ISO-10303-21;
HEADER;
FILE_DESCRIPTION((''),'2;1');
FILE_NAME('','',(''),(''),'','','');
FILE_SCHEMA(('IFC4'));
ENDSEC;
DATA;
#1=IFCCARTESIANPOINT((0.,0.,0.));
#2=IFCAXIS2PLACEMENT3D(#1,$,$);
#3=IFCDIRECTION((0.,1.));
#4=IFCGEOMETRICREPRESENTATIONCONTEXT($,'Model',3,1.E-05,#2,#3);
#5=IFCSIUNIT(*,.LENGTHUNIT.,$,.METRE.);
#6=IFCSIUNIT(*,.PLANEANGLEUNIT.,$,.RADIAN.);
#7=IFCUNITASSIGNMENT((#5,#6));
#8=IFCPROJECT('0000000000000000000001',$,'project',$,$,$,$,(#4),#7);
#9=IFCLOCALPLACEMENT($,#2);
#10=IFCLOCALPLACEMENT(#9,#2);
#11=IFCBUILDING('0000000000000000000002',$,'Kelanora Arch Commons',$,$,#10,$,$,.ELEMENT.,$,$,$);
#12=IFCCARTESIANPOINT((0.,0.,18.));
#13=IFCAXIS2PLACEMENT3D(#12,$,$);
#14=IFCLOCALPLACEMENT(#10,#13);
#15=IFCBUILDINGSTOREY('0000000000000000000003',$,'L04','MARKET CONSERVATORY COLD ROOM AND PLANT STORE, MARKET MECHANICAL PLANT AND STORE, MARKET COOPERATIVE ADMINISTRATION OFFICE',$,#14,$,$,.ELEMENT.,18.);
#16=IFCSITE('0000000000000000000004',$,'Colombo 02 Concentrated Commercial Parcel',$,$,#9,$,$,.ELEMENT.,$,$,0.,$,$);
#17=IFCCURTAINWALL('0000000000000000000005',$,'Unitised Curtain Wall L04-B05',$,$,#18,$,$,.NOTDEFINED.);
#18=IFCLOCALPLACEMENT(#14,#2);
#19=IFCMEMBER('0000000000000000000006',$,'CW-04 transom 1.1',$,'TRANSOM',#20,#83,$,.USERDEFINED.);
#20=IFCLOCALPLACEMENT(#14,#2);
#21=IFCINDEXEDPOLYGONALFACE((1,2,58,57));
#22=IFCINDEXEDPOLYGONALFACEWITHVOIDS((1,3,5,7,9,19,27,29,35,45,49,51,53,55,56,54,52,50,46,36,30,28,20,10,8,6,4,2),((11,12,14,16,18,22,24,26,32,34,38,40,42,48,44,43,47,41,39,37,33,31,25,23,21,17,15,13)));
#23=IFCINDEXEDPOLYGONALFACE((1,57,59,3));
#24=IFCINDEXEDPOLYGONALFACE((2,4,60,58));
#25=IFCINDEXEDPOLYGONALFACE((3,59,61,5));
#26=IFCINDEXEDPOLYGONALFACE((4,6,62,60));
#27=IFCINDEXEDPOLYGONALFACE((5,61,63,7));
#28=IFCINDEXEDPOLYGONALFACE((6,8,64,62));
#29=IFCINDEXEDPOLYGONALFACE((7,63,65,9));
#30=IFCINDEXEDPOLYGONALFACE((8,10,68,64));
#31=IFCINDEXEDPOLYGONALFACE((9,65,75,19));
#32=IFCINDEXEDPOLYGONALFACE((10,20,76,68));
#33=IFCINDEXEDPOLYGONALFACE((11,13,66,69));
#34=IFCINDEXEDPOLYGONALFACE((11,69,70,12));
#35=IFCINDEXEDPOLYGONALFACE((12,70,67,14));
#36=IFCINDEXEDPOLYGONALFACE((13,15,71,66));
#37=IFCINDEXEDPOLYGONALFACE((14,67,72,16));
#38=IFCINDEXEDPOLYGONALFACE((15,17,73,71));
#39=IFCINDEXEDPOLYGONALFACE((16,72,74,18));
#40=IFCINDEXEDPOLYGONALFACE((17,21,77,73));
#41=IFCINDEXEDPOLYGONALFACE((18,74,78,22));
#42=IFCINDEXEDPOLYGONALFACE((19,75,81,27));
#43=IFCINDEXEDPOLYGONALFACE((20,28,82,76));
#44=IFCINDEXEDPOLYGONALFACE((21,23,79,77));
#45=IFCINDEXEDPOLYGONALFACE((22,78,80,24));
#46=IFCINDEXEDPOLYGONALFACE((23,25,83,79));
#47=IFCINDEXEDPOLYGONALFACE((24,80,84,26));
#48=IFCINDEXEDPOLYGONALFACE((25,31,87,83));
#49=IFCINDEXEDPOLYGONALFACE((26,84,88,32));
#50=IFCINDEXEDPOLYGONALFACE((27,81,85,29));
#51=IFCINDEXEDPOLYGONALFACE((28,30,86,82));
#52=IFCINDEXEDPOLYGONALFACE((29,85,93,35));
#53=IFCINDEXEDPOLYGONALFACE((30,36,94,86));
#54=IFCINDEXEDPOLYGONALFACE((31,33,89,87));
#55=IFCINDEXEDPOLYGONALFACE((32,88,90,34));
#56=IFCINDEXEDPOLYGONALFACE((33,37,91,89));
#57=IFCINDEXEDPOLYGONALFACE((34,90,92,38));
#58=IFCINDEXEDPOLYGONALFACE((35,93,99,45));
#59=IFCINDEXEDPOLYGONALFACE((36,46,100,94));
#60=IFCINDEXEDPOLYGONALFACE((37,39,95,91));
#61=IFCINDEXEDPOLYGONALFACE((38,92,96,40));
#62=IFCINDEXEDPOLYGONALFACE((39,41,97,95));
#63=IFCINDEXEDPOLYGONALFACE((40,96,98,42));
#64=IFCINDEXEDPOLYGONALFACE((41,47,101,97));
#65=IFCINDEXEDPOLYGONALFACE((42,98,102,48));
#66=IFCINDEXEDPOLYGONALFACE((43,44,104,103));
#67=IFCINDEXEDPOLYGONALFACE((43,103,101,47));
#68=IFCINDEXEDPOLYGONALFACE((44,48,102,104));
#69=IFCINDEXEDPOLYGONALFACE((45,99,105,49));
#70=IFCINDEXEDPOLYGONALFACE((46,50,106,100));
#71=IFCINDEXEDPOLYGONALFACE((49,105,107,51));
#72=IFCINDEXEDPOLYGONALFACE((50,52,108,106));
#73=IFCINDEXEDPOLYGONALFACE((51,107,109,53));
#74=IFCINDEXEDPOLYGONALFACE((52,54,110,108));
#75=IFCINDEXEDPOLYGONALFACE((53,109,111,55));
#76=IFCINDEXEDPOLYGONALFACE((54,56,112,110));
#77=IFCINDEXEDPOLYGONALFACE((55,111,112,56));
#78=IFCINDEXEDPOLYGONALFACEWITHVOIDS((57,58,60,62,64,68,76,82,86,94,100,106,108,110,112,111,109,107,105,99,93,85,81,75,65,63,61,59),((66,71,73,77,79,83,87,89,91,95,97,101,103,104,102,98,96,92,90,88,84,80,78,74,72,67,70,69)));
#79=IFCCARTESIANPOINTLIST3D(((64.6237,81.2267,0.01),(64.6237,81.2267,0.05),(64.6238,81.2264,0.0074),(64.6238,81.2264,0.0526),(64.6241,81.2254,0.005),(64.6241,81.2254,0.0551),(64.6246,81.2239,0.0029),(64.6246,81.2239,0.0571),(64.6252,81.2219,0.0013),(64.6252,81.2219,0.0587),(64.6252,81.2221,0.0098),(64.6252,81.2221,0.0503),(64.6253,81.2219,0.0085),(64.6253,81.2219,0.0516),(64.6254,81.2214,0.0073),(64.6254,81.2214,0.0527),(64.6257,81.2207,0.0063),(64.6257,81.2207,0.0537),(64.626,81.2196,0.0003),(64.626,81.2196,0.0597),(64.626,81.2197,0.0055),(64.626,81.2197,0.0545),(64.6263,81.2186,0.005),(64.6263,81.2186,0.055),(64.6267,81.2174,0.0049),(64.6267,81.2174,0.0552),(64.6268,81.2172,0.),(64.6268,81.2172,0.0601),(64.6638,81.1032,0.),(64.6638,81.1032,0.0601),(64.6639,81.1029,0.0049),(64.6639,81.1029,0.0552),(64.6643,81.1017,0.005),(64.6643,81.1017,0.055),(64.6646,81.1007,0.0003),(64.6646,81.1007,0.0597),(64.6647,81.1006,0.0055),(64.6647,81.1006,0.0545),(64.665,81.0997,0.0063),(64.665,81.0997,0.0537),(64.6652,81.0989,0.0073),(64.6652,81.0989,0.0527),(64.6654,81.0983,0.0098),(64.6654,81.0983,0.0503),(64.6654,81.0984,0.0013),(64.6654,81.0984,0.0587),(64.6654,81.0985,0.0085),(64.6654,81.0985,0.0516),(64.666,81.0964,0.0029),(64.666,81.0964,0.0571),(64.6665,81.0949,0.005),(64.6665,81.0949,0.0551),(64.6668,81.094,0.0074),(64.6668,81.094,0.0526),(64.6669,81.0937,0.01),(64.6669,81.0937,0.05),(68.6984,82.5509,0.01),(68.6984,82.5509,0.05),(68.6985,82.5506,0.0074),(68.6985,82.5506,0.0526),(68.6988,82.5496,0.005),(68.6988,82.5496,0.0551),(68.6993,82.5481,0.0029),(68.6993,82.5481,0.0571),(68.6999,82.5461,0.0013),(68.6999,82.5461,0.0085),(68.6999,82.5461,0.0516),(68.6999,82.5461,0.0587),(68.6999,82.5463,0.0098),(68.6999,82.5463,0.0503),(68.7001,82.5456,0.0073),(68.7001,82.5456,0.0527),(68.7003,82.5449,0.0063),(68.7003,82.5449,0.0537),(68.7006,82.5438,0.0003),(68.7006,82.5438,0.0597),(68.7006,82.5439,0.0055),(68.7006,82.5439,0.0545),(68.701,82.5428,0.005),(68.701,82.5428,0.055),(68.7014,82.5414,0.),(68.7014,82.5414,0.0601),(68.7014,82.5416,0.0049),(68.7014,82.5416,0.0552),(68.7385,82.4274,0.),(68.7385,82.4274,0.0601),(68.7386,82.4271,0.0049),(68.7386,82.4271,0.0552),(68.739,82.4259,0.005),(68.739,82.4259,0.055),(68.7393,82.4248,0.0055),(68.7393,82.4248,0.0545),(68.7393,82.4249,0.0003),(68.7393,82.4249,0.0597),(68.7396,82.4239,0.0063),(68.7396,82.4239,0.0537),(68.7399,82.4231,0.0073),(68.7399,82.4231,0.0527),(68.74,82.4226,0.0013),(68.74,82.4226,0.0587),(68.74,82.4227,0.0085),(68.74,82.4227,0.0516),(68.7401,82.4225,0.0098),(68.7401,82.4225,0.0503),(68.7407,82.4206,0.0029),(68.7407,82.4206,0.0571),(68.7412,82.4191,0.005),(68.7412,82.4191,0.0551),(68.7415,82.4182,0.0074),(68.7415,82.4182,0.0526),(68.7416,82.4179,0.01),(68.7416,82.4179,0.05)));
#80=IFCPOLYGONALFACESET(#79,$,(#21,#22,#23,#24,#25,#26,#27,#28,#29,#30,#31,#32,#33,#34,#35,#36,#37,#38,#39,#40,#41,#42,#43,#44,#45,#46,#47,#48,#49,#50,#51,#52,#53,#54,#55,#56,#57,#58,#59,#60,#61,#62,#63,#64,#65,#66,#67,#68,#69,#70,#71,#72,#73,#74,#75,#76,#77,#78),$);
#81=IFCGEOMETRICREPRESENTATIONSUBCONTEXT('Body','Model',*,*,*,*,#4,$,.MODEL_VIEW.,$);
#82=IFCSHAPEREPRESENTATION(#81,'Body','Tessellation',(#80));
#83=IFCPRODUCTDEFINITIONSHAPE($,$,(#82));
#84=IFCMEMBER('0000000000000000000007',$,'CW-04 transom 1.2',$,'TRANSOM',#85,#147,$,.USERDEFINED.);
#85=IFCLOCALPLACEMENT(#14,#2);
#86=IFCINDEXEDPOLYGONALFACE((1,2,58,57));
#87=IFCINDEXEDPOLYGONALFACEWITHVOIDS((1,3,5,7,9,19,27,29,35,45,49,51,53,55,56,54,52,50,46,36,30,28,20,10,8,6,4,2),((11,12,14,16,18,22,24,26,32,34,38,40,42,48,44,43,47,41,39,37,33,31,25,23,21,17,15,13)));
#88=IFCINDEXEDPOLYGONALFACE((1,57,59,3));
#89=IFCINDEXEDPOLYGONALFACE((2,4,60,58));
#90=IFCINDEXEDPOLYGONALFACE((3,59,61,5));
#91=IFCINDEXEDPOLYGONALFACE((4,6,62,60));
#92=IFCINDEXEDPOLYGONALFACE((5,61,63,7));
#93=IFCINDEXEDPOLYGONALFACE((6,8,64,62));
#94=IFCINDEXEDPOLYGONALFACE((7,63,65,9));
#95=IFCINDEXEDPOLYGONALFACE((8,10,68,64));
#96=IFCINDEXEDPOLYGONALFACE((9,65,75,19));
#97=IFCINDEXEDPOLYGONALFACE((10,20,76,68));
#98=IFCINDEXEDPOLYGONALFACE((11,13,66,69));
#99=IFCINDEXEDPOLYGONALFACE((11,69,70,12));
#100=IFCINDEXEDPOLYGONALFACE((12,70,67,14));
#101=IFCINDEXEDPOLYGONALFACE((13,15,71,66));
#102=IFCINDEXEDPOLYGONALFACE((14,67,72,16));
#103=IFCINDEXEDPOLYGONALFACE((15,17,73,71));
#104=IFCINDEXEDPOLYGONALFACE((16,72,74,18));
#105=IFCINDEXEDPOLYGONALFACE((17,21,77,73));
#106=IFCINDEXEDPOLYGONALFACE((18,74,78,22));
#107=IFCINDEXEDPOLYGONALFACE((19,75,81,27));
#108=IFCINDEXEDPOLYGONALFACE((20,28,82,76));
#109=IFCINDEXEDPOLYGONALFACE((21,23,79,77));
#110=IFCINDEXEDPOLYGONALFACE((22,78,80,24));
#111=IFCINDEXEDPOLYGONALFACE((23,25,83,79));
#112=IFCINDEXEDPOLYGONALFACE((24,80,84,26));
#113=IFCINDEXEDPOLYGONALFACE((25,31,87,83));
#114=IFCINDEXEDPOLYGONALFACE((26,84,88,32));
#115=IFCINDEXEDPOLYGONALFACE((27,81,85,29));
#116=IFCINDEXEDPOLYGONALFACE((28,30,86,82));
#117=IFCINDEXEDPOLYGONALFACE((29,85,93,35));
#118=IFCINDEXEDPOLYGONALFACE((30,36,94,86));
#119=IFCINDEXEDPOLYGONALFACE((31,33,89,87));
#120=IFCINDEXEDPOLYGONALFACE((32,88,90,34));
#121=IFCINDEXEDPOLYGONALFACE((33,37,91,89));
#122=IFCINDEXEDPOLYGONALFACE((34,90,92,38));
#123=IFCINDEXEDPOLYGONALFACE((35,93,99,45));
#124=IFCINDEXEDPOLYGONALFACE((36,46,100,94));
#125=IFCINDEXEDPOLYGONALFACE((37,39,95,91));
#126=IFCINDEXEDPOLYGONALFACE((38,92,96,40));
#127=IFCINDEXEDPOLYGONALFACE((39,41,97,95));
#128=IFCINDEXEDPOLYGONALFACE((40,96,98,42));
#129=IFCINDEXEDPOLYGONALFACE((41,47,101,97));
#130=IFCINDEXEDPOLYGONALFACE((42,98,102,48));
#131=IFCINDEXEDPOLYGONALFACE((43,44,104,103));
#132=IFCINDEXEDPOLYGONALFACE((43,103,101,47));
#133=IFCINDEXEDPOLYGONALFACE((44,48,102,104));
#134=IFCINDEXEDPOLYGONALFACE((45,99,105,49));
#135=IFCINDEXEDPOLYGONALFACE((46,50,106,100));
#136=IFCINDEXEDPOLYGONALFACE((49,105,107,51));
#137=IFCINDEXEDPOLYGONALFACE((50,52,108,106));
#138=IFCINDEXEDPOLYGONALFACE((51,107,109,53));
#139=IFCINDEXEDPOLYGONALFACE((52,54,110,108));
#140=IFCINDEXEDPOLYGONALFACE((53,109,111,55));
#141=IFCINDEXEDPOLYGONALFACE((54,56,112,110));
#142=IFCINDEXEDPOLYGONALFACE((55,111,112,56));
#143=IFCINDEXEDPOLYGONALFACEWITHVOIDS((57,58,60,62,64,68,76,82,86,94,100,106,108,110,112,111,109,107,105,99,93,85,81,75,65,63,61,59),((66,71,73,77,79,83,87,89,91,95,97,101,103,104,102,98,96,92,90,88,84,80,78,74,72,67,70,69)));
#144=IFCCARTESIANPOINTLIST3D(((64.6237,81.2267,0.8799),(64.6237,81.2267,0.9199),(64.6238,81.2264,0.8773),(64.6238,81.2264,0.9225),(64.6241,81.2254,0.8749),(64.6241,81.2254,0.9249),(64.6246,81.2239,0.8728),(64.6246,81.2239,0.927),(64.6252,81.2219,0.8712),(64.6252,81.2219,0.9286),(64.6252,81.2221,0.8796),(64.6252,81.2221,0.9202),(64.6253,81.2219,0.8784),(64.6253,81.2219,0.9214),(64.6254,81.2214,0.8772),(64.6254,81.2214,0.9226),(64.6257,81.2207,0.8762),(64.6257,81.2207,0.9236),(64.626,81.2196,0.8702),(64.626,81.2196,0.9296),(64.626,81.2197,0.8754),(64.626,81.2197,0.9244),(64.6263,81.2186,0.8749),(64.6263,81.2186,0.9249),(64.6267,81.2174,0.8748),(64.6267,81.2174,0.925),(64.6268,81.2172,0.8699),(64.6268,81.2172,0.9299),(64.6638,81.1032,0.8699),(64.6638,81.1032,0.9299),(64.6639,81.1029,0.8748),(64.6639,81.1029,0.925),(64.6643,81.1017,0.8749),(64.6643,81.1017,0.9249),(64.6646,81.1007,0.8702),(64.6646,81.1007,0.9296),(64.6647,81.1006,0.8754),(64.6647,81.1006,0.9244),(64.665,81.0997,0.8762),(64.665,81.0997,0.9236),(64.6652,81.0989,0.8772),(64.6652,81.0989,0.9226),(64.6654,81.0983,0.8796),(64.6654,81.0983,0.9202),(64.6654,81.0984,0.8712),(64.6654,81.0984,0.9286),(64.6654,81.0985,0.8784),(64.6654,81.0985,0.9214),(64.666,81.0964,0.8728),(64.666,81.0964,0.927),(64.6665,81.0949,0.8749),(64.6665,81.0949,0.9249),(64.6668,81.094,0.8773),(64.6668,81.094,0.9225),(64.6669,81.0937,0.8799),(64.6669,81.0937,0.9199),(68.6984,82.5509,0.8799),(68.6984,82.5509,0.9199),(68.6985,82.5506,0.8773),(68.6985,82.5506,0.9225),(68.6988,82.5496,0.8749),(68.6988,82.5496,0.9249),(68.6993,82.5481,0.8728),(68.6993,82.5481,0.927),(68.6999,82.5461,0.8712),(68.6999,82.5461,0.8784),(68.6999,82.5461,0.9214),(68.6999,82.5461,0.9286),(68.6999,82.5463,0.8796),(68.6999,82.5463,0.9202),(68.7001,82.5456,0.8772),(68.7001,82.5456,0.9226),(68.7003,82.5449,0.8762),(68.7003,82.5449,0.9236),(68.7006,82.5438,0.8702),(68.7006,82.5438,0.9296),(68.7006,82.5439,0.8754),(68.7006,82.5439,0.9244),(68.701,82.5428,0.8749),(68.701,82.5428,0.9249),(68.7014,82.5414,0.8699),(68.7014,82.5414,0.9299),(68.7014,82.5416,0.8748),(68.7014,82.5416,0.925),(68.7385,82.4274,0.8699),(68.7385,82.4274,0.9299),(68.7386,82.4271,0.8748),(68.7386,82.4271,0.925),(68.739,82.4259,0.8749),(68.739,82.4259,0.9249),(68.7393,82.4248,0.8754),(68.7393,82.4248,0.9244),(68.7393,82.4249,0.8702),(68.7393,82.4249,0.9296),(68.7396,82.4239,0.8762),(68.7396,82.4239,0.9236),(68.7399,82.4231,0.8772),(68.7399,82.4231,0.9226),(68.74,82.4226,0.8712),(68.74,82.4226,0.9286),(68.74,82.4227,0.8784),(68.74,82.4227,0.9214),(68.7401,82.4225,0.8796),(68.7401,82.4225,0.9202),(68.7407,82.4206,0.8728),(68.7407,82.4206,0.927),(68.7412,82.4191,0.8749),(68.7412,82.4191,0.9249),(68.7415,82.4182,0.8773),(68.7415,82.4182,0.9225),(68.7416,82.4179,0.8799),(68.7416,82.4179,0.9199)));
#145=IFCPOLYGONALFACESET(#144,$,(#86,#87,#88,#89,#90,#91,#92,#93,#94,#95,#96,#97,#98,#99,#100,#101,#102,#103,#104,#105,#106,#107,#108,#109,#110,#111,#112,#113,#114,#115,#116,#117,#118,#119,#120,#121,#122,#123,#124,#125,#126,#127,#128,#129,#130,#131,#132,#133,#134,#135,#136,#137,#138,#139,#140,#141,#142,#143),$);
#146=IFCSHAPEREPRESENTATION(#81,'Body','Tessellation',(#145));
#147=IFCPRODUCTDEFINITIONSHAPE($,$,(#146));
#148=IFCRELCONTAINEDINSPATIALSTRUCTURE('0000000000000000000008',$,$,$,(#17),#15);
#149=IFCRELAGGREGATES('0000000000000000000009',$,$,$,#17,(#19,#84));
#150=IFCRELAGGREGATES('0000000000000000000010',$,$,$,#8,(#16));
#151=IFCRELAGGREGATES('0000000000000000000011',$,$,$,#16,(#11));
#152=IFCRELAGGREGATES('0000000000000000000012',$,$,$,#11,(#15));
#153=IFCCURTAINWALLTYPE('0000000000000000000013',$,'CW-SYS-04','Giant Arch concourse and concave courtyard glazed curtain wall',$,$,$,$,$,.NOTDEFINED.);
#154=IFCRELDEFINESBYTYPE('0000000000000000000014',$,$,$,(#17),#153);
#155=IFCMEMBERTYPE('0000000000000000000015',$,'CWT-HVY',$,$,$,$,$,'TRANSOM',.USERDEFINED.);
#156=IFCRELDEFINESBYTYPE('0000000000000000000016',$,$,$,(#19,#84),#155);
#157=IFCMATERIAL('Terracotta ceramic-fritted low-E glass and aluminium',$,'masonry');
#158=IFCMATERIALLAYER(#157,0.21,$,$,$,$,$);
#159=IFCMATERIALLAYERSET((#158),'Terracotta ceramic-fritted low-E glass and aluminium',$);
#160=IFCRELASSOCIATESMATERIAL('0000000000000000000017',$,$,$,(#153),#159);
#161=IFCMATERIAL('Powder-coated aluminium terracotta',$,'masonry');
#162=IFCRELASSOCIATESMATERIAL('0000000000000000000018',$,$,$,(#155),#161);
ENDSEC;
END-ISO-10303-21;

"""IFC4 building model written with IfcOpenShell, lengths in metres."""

from ifc_helpers import new_model, si_unit, direction, frame, origin, origin_2d, place, context, subcontext, project, spatial, hollow_rectangle, extrude, material, layer, layer_set, material_profile, profile_set, type_object, element, aggregate, save


model = new_model("IFC4")

# Units and contexts
model_context = context("Model", 3, precision=1e-05, world=origin(), true_north=direction((0.0, 1.0)))
body_context = subcontext(model_context, "Body", "Model", "MODEL_VIEW")
ifc_project = project(units=[si_unit("LENGTHUNIT", "METRE"), si_unit("PLANEANGLEUNIT", "RADIAN")], contexts=[model_context])

# Site, building, storey
site_placement = place(None, origin())
site = spatial("IfcSite", under=ifc_project, at=site_placement, Name="Colombo 02 Concentrated Commercial Parcel", CompositionType="ELEMENT", RefElevation=0.0)
building_placement = place(site_placement, origin())
building = spatial("IfcBuilding", under=site, at=building_placement, Name="Kelanora Arch Commons", CompositionType="ELEMENT")
storey_placement = place(building_placement, frame((0.0, 0.0, 18.0)))
storey = spatial("IfcBuildingStorey", under=building, at=storey_placement, Name="L04", Description="MARKET CONSERVATORY COLD ROOM AND PLANT STORE, MARKET MECHANICAL PLANT AND STORE, MARKET COOPERATIVE ADMINISTRATION OFFICE", CompositionType="ELEMENT", Elevation=18.0)

# Shared definitions
ifc_material_1 = material(Name="Terracotta ceramic-fritted low-E glass and aluminium", Category="masonry")
ifc_layer_1 = layer(ifc_material_1, 0.21)
ifc_layer_set_1 = layer_set([ifc_layer_1], Name="Terracotta ceramic-fritted low-E glass and aluminium")
curtain_wall_type = type_object("IfcCurtainWallType", Name="CW-SYS-04", Description="Giant Arch concourse and concave courtyard glazed curtain wall", PredefinedType="NOTDEFINED", material=ifc_layer_set_1)
ifc_material_2 = material(Name="Powder-coated aluminium terracotta", Category="masonry")

# Curtain wall, members
curtain_wall_1_placement = place(storey_placement, origin())
curtain_wall_1 = element("IfcCurtainWall", 1, at=curtain_wall_1_placement, inside=storey, type_object=curtain_wall_type, Name="Unitised Curtain Wall L04-B05", PredefinedType="NOTDEFINED")
ifc_material_profile_1 = material_profile(ifc_material_2, hollow_rectangle(XDim=0.1399, YDim=0.0601, WallThickness=0.0049, InnerFilletRadius=0.0049, OuterFilletRadius=0.01, at=origin_2d()), Name="CWT140x60")
ifc_profile_set_1 = profile_set([ifc_material_profile_1], Name="Powder-coated aluminium terracotta")
member_type_1 = type_object("IfcMemberType", Name="CWT-HVY", ElementType="TRANSOM", PredefinedType="USERDEFINED", material=ifc_profile_set_1)
member_1_placement = place(storey_placement, frame((68.72, 82.4844, 0.03), z_axis=(-0.951038, -0.309073, 0.0), x_axis=(0.309073, -0.951038, 0.0)))
member_1 = element("IfcMember", 2, at=member_1_placement, type_object=member_type_1, Name="CW-04 transom 1.1", ObjectType="TRANSOM", PredefinedType="USERDEFINED", context=body_context, shape_type="SweptSolid", body=[
    extrude(hollow_rectangle(XDim=0.1399, YDim=0.0601, WallThickness=0.0049, InnerFilletRadius=0.0049, OuterFilletRadius=0.01, at=origin_2d()), origin(), (0.0, 0.0, 1.0), 4.2844),
])
member_2_placement = place(storey_placement, frame((68.72, 82.4844, 0.8999), z_axis=(-0.951038, -0.309073, 0.0), x_axis=(0.309073, -0.951038, 0.0)))
member_2 = element("IfcMember", 3, at=member_2_placement, type_object=member_type_1, Name="CW-04 transom 1.2", ObjectType="TRANSOM", PredefinedType="USERDEFINED", context=body_context, shape_type="SweptSolid", body=[
    extrude(hollow_rectangle(XDim=0.1399, YDim=0.0601, WallThickness=0.0049, InnerFilletRadius=0.0049, OuterFilletRadius=0.01, at=origin_2d()), origin(), (0.0, 0.0, 1.0), 4.2844),
])
aggregate(curtain_wall_1, [member_1, member_2])

save(model, "model.ifc")
